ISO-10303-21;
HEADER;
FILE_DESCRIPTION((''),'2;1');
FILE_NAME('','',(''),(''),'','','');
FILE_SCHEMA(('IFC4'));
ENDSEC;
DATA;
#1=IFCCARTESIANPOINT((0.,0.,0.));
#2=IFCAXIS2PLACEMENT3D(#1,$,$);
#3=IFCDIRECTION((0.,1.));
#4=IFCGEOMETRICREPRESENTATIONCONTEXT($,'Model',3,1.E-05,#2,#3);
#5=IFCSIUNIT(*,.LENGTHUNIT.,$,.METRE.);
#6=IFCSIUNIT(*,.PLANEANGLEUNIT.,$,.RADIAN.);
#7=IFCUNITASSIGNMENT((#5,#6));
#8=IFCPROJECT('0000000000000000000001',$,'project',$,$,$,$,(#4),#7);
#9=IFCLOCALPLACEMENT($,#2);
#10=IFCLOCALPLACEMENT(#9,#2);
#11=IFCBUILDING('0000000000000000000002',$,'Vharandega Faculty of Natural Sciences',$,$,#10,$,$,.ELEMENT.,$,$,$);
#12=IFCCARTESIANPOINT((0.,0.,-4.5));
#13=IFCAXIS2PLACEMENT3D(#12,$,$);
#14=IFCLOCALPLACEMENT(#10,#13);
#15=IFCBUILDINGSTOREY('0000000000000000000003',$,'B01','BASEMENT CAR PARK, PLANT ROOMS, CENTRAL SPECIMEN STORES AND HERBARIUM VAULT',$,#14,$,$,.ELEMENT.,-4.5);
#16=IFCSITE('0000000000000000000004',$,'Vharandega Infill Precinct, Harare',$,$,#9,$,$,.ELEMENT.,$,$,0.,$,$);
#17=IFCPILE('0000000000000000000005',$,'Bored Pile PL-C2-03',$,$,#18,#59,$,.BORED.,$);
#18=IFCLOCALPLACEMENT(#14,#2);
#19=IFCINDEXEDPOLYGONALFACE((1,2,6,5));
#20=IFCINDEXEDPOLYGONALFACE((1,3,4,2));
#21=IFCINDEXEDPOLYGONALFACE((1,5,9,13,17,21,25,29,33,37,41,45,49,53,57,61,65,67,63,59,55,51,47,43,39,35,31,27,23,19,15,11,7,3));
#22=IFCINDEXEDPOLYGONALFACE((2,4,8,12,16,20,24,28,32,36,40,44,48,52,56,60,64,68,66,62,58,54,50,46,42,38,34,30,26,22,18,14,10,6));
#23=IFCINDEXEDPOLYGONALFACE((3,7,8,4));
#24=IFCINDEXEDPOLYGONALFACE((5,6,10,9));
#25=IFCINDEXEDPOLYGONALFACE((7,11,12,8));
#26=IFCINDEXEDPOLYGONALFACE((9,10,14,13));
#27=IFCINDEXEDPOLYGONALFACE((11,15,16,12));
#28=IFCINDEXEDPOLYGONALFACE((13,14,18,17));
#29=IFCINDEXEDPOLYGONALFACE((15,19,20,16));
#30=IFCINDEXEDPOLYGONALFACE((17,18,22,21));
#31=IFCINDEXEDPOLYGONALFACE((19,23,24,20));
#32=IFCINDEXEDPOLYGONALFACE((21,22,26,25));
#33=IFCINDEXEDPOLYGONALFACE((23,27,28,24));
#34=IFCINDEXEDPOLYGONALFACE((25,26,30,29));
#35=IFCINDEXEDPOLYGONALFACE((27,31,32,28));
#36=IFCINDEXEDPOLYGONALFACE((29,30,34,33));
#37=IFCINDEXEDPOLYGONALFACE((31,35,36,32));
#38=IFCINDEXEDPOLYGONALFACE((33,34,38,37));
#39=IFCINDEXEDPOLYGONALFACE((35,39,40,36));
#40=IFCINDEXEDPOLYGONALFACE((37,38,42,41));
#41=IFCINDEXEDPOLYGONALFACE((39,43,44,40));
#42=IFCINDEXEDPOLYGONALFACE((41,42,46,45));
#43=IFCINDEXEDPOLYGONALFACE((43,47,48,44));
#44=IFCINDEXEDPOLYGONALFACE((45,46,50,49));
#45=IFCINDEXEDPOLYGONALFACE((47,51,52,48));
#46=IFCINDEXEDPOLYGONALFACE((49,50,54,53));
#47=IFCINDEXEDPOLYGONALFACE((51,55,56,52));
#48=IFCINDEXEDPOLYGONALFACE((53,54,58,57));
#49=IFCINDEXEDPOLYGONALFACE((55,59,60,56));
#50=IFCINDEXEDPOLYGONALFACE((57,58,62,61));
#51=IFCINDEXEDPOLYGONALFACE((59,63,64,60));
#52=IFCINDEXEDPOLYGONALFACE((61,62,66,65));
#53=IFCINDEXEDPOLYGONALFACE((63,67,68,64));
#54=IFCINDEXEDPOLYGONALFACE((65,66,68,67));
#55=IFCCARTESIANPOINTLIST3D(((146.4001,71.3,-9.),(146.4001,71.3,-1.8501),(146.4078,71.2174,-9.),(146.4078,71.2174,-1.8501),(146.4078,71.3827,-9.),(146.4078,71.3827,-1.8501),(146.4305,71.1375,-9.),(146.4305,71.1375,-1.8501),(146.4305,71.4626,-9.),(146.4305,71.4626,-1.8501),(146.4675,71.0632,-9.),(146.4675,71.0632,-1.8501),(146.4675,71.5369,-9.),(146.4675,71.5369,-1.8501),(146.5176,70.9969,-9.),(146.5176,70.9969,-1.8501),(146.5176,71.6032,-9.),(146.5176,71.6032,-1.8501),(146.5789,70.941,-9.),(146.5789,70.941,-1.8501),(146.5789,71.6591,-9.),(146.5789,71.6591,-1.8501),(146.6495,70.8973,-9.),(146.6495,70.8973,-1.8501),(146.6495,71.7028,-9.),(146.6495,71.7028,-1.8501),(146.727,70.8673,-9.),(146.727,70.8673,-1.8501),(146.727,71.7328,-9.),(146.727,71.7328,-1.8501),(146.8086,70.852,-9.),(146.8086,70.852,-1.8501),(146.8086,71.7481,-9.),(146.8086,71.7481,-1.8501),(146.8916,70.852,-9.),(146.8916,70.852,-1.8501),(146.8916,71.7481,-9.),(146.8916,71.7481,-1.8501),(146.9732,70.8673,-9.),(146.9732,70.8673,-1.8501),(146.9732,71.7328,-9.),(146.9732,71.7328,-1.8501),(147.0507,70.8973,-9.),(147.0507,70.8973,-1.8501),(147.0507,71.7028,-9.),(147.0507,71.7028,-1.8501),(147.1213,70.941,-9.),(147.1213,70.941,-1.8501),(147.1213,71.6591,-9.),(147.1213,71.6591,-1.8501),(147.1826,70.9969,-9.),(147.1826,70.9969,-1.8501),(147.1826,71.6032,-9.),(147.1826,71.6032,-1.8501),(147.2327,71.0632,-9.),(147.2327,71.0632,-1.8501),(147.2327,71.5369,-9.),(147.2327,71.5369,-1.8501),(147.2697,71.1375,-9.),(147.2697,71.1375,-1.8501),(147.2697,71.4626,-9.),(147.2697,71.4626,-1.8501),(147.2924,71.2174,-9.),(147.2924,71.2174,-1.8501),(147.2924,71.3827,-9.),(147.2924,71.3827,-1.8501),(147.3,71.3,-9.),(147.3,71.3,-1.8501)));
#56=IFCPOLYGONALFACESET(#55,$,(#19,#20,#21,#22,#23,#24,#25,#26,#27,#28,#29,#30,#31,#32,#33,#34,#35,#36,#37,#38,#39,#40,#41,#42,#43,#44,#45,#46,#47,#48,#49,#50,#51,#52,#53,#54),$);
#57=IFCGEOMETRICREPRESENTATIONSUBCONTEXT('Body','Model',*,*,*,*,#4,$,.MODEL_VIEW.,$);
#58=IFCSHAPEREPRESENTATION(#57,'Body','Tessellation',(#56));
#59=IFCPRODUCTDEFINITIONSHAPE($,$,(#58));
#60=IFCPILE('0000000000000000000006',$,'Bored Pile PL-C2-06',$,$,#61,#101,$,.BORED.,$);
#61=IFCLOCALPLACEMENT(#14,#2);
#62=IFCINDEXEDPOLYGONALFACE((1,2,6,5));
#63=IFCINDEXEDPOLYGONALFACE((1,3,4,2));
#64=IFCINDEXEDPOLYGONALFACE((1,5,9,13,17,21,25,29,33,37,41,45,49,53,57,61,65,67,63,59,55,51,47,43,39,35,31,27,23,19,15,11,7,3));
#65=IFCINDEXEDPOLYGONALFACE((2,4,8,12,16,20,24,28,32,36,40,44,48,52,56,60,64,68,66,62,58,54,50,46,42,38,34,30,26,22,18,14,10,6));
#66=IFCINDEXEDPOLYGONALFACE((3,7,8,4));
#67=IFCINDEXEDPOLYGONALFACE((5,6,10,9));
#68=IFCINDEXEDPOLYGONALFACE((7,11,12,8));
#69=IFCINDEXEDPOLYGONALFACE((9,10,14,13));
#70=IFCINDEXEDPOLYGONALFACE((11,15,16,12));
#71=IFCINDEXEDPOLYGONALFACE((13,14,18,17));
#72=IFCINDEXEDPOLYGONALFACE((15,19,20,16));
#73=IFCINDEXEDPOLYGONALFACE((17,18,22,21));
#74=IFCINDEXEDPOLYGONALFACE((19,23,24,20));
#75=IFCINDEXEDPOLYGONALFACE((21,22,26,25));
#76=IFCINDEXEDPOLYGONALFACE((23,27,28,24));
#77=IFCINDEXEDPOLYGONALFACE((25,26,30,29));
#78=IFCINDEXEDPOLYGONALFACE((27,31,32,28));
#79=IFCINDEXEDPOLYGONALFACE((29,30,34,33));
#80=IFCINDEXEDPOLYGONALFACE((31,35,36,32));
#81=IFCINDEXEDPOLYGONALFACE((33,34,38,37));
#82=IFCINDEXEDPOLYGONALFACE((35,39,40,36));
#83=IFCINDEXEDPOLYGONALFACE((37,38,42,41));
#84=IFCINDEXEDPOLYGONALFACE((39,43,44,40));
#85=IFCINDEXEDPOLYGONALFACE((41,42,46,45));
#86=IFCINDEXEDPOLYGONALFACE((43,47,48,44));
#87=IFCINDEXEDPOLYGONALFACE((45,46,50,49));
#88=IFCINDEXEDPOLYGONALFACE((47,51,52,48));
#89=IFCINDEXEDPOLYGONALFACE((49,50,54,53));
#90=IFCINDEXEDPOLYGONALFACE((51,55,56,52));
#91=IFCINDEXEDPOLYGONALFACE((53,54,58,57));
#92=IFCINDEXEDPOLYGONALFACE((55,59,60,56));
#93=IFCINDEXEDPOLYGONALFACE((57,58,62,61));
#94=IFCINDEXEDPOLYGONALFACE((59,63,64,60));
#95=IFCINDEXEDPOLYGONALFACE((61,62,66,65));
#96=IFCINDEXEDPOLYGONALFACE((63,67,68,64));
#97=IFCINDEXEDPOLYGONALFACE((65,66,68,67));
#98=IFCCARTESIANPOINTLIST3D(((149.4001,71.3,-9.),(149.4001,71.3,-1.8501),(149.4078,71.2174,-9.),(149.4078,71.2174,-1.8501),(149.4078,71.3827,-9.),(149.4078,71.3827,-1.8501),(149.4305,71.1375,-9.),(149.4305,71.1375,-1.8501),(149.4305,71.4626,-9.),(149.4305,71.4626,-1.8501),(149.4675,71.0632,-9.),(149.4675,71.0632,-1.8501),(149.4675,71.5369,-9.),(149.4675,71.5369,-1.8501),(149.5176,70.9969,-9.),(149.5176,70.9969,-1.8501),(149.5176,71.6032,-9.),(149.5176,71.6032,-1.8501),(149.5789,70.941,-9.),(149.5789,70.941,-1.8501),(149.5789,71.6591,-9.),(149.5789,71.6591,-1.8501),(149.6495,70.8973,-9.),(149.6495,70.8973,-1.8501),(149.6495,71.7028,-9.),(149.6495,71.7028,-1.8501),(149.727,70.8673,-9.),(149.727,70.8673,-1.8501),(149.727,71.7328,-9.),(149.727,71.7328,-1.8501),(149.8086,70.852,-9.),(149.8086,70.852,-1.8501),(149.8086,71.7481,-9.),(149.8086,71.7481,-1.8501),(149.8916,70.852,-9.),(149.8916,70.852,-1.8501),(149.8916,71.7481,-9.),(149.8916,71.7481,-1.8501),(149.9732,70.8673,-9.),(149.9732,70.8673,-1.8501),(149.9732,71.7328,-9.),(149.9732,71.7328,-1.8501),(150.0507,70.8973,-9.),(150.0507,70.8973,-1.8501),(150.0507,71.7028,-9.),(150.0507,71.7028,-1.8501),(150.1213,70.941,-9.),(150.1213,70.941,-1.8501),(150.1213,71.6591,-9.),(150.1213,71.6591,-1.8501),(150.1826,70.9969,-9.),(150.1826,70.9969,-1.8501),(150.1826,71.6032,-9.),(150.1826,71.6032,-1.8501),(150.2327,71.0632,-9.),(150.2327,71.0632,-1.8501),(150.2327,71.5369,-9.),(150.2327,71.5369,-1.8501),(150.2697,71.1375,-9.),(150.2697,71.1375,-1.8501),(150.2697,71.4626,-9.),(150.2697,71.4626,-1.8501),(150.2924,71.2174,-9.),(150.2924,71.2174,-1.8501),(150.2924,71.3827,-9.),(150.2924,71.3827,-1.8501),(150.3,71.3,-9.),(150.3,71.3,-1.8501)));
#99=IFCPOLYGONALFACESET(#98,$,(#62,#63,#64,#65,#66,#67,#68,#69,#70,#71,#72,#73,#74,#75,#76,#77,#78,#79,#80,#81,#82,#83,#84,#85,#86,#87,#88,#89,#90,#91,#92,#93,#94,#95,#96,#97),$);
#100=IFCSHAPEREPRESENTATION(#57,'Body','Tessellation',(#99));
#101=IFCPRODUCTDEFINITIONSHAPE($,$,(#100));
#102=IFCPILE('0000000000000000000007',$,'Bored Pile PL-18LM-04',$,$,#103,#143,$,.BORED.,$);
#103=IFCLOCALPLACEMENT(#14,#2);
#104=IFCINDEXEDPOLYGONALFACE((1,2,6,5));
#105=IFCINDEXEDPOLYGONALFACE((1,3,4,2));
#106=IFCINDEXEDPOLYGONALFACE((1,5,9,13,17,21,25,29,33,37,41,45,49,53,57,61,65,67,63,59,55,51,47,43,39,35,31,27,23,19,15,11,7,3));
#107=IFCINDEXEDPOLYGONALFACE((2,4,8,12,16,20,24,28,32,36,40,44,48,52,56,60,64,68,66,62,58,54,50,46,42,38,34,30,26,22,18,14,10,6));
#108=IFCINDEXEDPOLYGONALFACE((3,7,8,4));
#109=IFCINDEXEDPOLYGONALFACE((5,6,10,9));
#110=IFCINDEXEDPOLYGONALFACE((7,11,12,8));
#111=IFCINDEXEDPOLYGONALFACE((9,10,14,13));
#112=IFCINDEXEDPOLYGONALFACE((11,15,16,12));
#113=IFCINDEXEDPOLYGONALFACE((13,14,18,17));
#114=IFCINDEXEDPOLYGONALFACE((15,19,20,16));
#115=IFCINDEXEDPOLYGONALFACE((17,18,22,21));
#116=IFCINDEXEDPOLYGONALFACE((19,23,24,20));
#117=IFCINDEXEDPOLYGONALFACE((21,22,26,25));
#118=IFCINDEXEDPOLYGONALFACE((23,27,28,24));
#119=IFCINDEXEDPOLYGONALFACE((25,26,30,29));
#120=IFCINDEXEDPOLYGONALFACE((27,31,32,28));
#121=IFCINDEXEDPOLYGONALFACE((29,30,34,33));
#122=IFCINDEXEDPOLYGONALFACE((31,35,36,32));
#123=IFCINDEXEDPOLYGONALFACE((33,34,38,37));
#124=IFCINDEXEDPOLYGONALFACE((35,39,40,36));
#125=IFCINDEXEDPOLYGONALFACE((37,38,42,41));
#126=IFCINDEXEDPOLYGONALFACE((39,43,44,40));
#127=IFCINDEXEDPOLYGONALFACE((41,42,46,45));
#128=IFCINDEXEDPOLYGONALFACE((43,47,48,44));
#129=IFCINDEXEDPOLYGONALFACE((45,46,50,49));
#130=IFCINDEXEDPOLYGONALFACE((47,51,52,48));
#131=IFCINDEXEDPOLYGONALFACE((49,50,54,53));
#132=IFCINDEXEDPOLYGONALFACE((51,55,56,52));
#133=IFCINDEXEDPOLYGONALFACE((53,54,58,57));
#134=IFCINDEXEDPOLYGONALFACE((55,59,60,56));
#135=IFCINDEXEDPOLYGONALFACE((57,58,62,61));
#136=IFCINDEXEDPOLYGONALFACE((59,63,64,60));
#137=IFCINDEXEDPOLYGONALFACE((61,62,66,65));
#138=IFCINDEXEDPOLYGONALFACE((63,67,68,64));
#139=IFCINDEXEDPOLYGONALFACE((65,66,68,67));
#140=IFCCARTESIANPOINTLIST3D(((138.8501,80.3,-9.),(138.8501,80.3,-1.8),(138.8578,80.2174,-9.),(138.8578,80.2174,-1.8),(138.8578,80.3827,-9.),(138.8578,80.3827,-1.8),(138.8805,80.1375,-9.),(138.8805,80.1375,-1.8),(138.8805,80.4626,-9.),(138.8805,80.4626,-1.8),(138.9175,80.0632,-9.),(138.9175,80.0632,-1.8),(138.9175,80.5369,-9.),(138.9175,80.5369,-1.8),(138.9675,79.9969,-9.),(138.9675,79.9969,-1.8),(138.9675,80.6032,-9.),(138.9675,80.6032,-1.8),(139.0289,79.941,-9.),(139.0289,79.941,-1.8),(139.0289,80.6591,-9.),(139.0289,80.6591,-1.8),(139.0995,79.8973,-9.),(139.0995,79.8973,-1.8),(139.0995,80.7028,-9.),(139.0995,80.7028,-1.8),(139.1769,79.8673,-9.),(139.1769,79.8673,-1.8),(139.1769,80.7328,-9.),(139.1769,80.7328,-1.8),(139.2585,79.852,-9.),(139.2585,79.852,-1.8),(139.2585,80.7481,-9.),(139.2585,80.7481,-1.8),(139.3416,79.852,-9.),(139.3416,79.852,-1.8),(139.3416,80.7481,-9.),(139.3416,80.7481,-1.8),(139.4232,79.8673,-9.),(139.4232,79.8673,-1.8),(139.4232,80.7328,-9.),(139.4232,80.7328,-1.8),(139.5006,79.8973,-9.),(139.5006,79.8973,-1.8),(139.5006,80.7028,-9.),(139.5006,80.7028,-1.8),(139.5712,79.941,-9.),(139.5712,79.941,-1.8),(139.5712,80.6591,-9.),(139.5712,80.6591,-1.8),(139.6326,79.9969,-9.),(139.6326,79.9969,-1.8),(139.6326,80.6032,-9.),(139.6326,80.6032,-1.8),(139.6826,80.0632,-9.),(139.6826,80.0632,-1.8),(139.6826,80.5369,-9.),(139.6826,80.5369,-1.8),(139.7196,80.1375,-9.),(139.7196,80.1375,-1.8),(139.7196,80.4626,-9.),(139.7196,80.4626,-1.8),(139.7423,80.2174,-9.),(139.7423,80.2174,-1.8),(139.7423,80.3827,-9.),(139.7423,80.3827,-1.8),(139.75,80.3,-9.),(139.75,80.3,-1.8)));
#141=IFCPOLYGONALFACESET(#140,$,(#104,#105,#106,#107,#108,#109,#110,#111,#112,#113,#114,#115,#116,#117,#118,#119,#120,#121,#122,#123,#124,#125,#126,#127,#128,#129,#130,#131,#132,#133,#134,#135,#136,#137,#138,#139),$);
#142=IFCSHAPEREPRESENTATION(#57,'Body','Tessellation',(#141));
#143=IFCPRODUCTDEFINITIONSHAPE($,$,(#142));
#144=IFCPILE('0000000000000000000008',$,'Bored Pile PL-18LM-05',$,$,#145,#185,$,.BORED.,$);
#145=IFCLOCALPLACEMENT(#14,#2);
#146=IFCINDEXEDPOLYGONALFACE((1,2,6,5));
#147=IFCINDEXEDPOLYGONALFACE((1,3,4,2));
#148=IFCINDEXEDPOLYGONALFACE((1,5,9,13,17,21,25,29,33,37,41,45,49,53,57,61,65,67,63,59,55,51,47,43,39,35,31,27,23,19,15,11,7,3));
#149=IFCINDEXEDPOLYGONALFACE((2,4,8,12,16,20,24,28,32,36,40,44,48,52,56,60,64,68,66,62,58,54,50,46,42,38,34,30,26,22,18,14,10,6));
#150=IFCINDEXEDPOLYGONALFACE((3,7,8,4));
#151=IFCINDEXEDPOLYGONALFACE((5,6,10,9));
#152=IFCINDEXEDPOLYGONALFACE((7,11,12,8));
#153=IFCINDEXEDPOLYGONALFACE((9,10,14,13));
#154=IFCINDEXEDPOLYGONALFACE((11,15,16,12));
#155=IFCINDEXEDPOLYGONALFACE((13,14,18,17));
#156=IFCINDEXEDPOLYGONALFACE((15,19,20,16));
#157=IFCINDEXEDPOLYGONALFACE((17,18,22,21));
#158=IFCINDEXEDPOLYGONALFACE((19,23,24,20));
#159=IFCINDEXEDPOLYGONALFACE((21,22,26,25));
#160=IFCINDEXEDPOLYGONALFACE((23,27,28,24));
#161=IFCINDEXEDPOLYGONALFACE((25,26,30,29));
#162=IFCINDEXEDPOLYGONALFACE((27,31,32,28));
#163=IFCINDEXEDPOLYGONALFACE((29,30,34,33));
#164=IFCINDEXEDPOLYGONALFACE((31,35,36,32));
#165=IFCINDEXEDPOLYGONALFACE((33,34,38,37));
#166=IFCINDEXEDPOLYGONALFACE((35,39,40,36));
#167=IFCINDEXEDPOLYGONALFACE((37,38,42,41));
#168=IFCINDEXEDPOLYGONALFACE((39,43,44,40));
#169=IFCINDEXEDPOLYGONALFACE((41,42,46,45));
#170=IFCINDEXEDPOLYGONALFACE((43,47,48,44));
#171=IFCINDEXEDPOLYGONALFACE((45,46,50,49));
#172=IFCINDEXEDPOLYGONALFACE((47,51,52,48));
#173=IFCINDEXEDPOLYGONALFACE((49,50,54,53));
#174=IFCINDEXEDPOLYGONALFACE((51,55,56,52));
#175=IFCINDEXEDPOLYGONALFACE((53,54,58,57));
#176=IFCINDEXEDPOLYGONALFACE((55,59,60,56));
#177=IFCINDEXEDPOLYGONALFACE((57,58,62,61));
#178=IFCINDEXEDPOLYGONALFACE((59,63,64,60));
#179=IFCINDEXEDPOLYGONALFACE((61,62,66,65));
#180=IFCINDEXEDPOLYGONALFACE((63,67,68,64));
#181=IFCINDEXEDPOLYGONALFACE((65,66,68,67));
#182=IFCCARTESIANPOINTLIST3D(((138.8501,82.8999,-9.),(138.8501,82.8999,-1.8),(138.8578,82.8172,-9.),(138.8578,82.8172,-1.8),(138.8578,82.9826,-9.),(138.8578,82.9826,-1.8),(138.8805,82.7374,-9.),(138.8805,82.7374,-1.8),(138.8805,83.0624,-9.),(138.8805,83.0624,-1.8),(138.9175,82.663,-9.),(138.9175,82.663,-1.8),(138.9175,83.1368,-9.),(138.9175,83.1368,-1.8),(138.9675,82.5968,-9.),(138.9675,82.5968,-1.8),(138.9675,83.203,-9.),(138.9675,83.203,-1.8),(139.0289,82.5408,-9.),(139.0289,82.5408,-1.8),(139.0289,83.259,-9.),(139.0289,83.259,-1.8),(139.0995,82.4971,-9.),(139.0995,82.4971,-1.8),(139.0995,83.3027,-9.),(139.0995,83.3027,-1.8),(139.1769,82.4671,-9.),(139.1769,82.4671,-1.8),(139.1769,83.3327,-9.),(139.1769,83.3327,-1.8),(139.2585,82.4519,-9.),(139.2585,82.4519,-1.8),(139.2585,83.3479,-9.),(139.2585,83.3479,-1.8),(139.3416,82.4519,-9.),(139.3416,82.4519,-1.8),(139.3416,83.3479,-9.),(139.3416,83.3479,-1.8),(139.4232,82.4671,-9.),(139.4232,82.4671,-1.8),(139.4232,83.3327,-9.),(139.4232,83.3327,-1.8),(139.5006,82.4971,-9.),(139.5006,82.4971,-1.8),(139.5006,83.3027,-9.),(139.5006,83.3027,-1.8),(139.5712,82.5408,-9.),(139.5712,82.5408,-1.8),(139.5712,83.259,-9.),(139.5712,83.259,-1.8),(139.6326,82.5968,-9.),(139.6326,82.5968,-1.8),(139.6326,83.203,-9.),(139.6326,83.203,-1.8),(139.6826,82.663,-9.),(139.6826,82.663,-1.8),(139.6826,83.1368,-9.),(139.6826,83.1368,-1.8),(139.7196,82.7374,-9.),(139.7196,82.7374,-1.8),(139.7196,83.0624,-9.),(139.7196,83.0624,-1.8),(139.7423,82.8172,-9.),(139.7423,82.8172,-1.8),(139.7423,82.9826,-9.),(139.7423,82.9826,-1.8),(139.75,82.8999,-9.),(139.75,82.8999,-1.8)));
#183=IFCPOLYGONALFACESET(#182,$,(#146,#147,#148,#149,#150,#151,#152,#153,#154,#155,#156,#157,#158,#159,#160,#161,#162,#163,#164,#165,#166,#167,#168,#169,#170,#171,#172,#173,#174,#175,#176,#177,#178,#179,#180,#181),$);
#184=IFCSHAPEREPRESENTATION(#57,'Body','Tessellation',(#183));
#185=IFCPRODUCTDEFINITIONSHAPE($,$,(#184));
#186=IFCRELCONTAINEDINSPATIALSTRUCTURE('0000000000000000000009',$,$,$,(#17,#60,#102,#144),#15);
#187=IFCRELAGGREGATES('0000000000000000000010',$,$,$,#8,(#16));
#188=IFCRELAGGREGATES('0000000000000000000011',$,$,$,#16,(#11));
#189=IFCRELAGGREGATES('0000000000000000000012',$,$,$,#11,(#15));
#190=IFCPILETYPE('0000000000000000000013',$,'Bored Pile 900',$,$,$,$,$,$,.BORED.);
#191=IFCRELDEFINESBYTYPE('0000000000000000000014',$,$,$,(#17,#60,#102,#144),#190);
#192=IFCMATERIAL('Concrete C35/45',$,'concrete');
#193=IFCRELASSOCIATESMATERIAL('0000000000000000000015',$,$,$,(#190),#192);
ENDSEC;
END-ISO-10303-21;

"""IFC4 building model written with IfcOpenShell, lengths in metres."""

from ifc_helpers import new_model, si_unit, direction, frame, origin, origin_2d, place, context, subcontext, project, spatial, circle, extrude, material, material_profile, profile_set, type_object, element, save


model = new_model("IFC4")

# Units and contexts
model_context = context("Model", 3, precision=1e-05, world=origin(), true_north=direction((0.0, 1.0)))
body_context = subcontext(model_context, "Body", "Model", "MODEL_VIEW")
ifc_project = project(units=[si_unit("LENGTHUNIT", "METRE"), si_unit("PLANEANGLEUNIT", "RADIAN")], contexts=[model_context])

# Site, building, storey
site_placement = place(None, origin())
site = spatial("IfcSite", under=ifc_project, at=site_placement, Name="Vharandega Infill Precinct, Harare", CompositionType="ELEMENT", RefElevation=0.0)
building_placement = place(site_placement, origin())
building = spatial("IfcBuilding", under=site, at=building_placement, Name="Vharandega Faculty of Natural Sciences", CompositionType="ELEMENT")
storey_placement = place(building_placement, frame((0.0, 0.0, -4.5)))
storey = spatial("IfcBuildingStorey", under=building, at=storey_placement, Name="B01", Description="BASEMENT CAR PARK, PLANT ROOMS, CENTRAL SPECIMEN STORES AND HERBARIUM VAULT", CompositionType="ELEMENT", Elevation=-4.5)

# Piles
ifc_material_1 = material(Name="Concrete C35/45", Category="concrete")
ifc_material_profile_1 = material_profile(ifc_material_1, circle(Radius=0.45, at=origin_2d()), Name="PILE 900")
ifc_profile_set_1 = profile_set([ifc_material_profile_1], Name="Concrete C35/45")
pile_type = type_object("IfcPileType", Name="Bored Pile 900", PredefinedType="BORED", material=ifc_profile_set_1)
for number, where, z_axis, x_axis, name in (
    (1, (146.8501, 71.3, -1.8501), (0.0, 0.0, -1.0), (1.0, 0.0, 0.0), "Bored Pile PL-C2-03"),
    (2, (149.8501, 71.3, -1.8501), (0.0, 0.0, -1.0), (1.0, 0.0, 0.0), "Bored Pile PL-C2-06"),
):
    element("IfcPile", number, at=place(storey_placement, frame(where, z_axis=z_axis, x_axis=x_axis)), inside=storey, type_object=pile_type, Name=name, PredefinedType="BORED", context=body_context, shape_type="SweptSolid", body=[
        extrude(circle(Radius=0.45, at=origin_2d()), origin(), (0.0, 0.0, 1.0), 7.1499),
    ])
for number, where, z_axis, x_axis, name in (
    (3, (139.3, 80.3, -1.8), (0.0, 0.0, -1.0), (1.0, 0.0, 0.0), "Bored Pile PL-18LM-04"),
    (4, (139.3, 82.8999, -1.8), (0.0, 0.0, -1.0), (1.0, 0.0, 0.0), "Bored Pile PL-18LM-05"),
):
    element("IfcPile", number, at=place(storey_placement, frame(where, z_axis=z_axis, x_axis=x_axis)), inside=storey, type_object=pile_type, Name=name, PredefinedType="BORED", context=body_context, shape_type="SweptSolid", body=[
        extrude(circle(Radius=0.45, at=origin_2d()), origin(), (0.0, 0.0, 1.0), 7.2),
    ])

save(model, "model.ifc")
